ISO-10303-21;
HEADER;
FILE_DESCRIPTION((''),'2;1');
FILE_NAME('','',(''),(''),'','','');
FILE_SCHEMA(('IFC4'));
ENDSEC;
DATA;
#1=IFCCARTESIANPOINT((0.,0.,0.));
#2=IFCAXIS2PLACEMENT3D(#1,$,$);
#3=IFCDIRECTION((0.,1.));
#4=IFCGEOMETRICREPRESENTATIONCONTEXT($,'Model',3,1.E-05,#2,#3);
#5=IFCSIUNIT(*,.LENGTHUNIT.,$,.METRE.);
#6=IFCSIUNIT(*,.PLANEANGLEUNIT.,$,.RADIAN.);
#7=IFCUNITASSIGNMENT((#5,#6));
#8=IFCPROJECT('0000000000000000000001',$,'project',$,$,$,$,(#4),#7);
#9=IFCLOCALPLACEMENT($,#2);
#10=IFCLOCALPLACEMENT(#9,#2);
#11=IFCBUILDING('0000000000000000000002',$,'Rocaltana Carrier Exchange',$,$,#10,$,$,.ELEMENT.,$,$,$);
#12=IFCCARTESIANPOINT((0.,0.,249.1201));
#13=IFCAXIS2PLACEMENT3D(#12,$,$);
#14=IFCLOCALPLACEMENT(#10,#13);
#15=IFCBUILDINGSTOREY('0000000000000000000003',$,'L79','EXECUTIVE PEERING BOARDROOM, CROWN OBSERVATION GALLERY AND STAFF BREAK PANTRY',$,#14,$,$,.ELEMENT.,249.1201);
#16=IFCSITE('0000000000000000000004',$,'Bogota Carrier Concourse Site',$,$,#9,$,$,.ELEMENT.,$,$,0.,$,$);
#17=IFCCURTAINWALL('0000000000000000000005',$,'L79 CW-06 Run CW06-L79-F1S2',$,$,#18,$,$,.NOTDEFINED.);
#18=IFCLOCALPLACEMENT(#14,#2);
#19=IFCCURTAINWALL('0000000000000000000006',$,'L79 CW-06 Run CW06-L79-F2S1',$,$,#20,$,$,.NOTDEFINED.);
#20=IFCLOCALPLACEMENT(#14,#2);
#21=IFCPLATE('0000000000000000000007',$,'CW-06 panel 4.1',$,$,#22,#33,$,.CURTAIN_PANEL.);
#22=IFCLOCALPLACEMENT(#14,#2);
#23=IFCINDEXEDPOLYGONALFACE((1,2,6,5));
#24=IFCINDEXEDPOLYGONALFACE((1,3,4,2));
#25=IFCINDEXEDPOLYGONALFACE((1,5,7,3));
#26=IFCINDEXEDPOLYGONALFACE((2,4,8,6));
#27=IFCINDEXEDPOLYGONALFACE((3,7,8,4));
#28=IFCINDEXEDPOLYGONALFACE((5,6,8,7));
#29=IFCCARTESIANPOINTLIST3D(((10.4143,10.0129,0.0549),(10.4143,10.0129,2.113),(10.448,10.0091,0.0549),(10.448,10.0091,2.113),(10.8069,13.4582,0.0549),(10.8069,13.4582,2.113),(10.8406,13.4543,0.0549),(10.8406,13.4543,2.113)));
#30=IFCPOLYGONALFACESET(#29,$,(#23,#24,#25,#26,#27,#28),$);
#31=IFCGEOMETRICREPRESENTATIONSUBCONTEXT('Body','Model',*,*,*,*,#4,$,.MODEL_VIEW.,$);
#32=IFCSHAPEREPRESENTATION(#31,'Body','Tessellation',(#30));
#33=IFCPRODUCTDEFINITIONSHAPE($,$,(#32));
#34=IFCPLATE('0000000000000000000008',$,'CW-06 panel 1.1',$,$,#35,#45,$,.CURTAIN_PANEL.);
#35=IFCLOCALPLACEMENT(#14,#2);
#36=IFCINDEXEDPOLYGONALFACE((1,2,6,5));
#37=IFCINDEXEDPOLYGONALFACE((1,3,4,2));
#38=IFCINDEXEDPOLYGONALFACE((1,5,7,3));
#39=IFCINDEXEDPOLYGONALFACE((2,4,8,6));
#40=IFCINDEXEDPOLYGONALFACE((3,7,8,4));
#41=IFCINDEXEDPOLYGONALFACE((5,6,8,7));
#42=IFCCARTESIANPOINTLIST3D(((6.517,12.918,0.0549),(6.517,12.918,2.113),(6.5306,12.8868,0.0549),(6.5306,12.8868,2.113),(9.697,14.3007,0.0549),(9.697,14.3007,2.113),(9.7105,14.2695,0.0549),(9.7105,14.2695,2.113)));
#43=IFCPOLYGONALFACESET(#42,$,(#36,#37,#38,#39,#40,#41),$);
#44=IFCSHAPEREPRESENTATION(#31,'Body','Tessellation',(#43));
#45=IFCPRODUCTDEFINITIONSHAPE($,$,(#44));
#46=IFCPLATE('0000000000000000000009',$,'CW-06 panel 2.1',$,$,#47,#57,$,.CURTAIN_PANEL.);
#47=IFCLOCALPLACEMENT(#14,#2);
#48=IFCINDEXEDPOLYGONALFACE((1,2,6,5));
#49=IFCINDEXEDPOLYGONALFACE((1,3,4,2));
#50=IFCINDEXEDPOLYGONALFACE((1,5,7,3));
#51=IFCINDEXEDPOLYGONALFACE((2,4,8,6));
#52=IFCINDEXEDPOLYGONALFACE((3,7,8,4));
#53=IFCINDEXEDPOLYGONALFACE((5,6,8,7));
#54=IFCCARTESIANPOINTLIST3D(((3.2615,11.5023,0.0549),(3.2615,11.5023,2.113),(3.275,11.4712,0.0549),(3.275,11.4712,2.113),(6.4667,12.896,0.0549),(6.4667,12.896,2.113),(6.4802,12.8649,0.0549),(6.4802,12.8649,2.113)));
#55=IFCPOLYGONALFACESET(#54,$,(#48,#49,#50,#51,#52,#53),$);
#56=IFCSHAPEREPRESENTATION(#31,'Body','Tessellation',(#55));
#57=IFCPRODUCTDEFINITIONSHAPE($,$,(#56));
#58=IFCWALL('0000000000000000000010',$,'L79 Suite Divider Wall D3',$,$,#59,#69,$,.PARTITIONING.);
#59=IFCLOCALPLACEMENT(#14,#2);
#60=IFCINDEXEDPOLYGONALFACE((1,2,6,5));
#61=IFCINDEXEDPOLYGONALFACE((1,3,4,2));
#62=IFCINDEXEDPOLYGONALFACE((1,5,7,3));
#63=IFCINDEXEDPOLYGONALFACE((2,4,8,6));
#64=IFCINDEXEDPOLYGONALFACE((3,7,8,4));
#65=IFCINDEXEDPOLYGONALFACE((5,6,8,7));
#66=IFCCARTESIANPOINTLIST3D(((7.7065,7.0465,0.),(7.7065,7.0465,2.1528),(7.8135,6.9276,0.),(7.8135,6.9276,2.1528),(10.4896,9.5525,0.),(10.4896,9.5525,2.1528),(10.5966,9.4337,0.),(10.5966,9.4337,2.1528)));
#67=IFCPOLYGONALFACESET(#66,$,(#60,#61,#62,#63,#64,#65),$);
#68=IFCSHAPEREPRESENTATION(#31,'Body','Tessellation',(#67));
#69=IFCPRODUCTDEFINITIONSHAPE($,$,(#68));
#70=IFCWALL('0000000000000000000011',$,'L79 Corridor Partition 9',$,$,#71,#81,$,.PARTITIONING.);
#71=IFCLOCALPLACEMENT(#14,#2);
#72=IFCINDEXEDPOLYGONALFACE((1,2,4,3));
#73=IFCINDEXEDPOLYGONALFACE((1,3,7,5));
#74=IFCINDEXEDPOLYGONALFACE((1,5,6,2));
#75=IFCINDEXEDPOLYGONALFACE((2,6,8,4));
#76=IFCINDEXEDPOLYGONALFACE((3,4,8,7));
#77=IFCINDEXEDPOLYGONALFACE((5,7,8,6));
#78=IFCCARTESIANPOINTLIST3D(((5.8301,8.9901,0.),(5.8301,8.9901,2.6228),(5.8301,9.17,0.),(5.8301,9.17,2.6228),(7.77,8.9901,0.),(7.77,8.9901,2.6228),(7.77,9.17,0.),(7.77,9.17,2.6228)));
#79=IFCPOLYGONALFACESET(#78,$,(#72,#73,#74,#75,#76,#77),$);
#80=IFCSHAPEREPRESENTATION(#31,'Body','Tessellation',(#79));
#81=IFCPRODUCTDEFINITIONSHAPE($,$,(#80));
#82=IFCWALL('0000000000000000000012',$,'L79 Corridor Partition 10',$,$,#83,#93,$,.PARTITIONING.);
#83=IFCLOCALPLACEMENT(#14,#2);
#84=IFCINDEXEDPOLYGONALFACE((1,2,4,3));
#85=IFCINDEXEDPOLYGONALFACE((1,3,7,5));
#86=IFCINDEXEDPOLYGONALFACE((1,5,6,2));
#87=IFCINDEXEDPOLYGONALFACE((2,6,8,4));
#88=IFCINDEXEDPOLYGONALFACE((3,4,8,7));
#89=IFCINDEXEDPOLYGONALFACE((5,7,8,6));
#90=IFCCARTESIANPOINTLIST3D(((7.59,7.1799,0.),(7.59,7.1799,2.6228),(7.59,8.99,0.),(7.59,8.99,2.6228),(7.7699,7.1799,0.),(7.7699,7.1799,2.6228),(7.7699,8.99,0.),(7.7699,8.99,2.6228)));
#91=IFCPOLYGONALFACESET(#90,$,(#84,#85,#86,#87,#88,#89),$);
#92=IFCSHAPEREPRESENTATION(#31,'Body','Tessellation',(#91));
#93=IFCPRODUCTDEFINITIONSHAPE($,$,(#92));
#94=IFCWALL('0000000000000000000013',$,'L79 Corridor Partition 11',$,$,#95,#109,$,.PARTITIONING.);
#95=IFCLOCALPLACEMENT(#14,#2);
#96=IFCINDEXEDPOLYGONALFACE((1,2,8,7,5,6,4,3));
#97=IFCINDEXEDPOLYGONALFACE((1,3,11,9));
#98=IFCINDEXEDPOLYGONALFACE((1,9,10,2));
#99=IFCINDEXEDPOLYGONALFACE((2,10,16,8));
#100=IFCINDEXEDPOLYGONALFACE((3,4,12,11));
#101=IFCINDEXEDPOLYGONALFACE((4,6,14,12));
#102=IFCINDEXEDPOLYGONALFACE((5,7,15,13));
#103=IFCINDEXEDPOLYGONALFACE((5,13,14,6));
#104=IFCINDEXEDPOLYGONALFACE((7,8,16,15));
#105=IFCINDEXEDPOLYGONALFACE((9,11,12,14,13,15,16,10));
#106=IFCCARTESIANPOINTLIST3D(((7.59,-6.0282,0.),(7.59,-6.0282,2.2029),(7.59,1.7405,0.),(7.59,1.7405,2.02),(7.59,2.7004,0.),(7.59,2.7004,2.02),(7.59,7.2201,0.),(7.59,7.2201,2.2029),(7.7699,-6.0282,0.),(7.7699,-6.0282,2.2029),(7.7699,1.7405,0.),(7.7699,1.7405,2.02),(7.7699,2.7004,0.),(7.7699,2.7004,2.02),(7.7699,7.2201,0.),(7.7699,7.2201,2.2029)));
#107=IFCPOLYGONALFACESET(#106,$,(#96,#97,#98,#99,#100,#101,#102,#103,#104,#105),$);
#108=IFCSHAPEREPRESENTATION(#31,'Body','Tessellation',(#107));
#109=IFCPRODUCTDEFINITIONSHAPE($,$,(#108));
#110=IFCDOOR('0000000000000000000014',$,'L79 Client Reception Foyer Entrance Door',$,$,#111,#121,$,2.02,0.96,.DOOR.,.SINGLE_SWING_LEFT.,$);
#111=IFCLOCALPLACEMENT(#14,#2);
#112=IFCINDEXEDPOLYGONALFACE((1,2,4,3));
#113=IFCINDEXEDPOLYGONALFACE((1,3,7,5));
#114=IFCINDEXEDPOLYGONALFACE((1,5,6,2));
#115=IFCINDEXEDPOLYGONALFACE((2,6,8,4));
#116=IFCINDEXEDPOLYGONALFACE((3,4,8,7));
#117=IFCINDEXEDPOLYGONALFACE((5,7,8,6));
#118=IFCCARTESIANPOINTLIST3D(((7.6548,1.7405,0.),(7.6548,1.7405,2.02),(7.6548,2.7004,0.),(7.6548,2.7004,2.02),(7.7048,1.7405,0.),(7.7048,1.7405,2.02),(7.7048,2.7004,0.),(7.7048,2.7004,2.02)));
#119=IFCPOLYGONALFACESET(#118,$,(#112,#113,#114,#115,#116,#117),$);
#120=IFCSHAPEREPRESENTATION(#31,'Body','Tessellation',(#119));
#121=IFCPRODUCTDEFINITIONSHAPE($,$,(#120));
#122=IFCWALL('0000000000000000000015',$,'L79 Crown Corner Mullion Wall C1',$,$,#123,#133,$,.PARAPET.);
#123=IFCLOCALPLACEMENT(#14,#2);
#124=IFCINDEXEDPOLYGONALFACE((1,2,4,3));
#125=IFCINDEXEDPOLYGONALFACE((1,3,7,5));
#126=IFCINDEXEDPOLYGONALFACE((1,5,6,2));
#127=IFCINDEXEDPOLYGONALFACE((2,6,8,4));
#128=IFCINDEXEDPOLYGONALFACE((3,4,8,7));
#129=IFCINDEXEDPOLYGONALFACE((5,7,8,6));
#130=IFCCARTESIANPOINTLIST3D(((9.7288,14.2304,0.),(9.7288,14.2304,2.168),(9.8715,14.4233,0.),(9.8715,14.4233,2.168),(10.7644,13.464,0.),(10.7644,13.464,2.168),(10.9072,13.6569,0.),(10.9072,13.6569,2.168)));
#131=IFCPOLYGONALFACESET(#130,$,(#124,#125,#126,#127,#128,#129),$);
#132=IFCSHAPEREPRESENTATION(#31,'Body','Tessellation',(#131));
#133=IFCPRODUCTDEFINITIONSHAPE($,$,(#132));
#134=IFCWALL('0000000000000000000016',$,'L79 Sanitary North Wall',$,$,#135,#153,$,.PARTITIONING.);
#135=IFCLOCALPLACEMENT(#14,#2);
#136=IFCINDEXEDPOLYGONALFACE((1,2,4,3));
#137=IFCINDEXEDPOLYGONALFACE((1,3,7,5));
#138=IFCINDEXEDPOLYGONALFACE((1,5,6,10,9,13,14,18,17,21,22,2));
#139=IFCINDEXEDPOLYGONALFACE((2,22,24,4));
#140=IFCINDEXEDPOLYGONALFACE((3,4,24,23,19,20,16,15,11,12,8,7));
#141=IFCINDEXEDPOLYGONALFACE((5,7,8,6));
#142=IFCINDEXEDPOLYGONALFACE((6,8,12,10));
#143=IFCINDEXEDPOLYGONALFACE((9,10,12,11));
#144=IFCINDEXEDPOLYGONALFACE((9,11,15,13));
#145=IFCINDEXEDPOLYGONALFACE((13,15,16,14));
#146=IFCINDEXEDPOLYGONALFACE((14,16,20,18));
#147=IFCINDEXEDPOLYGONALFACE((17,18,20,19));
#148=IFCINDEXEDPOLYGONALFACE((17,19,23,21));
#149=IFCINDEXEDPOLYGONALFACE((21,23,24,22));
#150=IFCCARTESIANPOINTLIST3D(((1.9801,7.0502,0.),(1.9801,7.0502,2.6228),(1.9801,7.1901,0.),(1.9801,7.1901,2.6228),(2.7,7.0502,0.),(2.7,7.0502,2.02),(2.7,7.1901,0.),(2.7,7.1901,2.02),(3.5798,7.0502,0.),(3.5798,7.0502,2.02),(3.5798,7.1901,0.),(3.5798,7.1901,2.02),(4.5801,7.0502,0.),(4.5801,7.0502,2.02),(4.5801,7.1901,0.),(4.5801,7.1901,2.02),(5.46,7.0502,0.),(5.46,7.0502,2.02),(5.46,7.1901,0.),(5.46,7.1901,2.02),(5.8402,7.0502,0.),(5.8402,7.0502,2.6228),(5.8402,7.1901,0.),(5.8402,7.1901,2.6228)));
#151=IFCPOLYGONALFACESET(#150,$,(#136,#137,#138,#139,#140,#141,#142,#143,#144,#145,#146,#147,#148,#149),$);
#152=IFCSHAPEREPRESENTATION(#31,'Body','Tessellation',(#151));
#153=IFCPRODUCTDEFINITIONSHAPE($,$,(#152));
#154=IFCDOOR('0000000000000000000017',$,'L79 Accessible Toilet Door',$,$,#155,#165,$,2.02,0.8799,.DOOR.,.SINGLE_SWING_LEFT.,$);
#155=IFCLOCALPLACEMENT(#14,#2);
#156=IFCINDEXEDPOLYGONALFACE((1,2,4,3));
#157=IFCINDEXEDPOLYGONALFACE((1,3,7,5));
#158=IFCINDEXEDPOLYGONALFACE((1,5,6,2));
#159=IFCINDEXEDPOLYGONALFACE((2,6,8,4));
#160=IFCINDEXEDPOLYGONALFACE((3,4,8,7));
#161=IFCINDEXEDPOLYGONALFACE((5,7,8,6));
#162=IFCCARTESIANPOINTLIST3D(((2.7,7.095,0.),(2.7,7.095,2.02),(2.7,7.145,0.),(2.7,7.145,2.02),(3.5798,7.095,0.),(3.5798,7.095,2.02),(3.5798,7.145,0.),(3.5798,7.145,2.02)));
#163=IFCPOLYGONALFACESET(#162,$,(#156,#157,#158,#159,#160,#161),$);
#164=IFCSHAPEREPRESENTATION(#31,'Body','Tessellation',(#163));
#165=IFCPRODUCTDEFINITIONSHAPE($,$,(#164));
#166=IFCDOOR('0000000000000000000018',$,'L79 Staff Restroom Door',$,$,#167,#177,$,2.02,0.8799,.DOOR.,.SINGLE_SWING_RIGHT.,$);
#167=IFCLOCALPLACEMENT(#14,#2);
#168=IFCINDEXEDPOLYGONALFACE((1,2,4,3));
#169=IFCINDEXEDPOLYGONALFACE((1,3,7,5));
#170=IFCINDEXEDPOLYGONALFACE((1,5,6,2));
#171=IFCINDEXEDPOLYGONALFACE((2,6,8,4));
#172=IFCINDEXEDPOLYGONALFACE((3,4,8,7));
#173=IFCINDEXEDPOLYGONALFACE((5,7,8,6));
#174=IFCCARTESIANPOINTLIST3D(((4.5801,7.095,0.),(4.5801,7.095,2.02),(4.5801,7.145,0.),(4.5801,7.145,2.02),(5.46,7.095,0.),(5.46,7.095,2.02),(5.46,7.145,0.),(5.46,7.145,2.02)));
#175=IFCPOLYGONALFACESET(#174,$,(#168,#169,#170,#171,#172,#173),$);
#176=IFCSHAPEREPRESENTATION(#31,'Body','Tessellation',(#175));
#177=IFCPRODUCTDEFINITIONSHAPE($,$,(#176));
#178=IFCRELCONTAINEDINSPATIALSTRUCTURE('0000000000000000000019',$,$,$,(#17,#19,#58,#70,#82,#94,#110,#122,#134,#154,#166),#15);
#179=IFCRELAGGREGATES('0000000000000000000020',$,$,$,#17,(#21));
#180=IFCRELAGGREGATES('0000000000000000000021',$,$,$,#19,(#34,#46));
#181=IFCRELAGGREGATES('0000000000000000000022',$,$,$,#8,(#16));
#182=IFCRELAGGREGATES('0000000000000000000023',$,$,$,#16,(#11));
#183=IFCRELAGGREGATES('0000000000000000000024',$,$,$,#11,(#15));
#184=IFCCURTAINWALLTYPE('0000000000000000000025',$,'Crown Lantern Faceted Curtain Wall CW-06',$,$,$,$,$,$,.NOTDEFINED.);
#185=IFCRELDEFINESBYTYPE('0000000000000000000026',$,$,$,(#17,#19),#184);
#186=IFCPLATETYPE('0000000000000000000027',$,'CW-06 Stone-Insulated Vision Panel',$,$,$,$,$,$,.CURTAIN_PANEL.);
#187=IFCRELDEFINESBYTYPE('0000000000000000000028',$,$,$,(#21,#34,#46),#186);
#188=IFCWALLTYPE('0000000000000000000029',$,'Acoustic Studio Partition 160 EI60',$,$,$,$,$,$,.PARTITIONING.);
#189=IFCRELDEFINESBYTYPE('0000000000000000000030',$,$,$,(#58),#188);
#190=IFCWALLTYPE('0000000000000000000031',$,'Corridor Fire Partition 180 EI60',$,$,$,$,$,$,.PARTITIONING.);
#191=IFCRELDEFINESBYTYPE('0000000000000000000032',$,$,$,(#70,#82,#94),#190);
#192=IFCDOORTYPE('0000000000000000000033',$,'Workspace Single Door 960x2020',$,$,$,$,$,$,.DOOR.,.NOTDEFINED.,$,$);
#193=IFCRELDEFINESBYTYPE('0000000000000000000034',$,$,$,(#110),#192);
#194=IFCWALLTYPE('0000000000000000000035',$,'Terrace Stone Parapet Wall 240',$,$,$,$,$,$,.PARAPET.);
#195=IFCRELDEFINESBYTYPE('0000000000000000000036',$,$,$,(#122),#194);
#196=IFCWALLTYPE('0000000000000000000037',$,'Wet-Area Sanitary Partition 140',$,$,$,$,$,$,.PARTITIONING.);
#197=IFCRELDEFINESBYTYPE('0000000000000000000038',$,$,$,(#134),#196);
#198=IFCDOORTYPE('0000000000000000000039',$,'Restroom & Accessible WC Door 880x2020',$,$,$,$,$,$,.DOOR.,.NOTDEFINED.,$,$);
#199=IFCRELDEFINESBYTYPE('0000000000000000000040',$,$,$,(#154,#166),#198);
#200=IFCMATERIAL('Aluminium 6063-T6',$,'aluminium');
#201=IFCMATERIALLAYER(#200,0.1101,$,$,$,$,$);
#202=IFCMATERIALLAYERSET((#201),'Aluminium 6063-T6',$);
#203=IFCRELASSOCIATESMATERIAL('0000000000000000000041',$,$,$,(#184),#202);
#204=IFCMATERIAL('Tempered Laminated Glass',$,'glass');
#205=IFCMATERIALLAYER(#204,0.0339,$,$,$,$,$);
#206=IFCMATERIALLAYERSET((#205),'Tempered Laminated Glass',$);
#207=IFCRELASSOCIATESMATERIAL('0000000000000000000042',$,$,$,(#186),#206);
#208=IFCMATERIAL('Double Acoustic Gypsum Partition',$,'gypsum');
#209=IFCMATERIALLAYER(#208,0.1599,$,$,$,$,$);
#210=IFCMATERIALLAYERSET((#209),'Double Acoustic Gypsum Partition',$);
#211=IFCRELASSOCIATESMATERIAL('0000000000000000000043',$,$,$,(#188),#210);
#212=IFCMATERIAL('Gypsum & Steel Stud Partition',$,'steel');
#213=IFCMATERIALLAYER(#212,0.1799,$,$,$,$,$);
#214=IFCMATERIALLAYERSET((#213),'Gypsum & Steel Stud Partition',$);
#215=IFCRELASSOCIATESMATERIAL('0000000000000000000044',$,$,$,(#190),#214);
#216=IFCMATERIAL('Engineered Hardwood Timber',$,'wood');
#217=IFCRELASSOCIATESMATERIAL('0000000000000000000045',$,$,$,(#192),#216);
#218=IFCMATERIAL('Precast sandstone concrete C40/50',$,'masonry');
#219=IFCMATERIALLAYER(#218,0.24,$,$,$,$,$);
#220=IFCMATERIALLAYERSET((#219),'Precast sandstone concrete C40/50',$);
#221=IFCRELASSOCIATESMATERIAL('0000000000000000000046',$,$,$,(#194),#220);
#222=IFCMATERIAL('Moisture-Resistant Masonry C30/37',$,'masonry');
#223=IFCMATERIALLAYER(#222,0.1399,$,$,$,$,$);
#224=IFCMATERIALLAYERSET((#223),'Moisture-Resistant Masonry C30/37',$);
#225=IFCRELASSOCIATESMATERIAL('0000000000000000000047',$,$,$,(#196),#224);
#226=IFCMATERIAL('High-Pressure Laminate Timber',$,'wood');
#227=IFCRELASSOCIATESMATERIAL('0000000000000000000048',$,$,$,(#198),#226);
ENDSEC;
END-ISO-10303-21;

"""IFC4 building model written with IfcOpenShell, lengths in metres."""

from ifc_helpers import new_model, si_unit, direction, frame, frame_2d, origin, origin_2d, place, context, subcontext, project, spatial, rectangle, extrude, material, layer, layer_set, type_object, element, fill, aggregate, save


model = new_model("IFC4")

# Units and contexts
model_context = context("Model", 3, precision=1e-05, world=origin(), true_north=direction((0.0, 1.0)))
body_context = subcontext(model_context, "Body", "Model", "MODEL_VIEW")
ifc_project = project(units=[si_unit("LENGTHUNIT", "METRE"), si_unit("PLANEANGLEUNIT", "RADIAN")], contexts=[model_context])

# Site, building, storey
site_placement = place(None, origin())
site = spatial("IfcSite", under=ifc_project, at=site_placement, Name="Bogota Carrier Concourse Site", CompositionType="ELEMENT", RefElevation=0.0)
building_placement = place(site_placement, origin())
building = spatial("IfcBuilding", under=site, at=building_placement, Name="Rocaltana Carrier Exchange", CompositionType="ELEMENT")
storey_placement = place(building_placement, frame((0.0, 0.0, 249.1201)))
storey = spatial("IfcBuildingStorey", under=building, at=storey_placement, Name="L79", Description="EXECUTIVE PEERING BOARDROOM, CROWN OBSERVATION GALLERY AND STAFF BREAK PANTRY", CompositionType="ELEMENT", Elevation=249.1201)

# Curtain walls
ifc_material_1 = material(Name="Aluminium 6063-T6", Category="aluminium")
ifc_layer_1 = layer(ifc_material_1, 0.1101)
ifc_layer_set_1 = layer_set([ifc_layer_1], Name="Aluminium 6063-T6")
curtain_wall_type = type_object("IfcCurtainWallType", Name="Crown Lantern Faceted Curtain Wall CW-06", PredefinedType="NOTDEFINED", material=ifc_layer_set_1)
curtain_wall_1_placement = place(storey_placement, origin())
curtain_wall_1 = element("IfcCurtainWall", 1, at=curtain_wall_1_placement, inside=storey, type_object=curtain_wall_type, Name="L79 CW-06 Run CW06-L79-F1S2", PredefinedType="NOTDEFINED")
curtain_wall_2_placement = place(storey_placement, origin())
curtain_wall_2 = element("IfcCurtainWall", 2, at=curtain_wall_2_placement, inside=storey, type_object=curtain_wall_type, Name="L79 CW-06 Run CW06-L79-F2S1", PredefinedType="NOTDEFINED")

# Plates
ifc_material_2 = material(Name="Tempered Laminated Glass", Category="glass")
ifc_layer_2 = layer(ifc_material_2, 0.0339)
ifc_layer_set_2 = layer_set([ifc_layer_2], Name="Tempered Laminated Glass")
plate_type = type_object("IfcPlateType", Name="CW-06 Stone-Insulated Vision Panel", PredefinedType="CURTAIN_PANEL", material=ifc_layer_set_2)
plate_1_placement = place(storey_placement, frame((10.6274, 11.7336, 0.0549), z_axis=(0.0, 0.0, 1.0), x_axis=(0.113204, 0.993572, 0.0)))
plate_1 = element("IfcPlate", 3, at=plate_1_placement, type_object=plate_type, Name="CW-06 panel 4.1", PredefinedType="CURTAIN_PANEL", context=body_context, shape_type="SweptSolid", body=[
    extrude(rectangle(XDim=3.4675, YDim=0.0339, at=origin_2d()), origin(), (0.0, 0.0, 1.0), 2.0581),
])
aggregate(curtain_wall_1, [plate_1])
plate_2_placement = place(storey_placement, frame((8.1138, 13.5938, 0.0549), z_axis=(0.0, 0.0, 1.0), x_axis=(-0.917059, -0.398752, 0.0)))
plate_2 = element("IfcPlate", 4, at=plate_2_placement, type_object=plate_type, Name="CW-06 panel 1.1", PredefinedType="CURTAIN_PANEL", context=body_context, shape_type="SweptSolid", body=[
    extrude(rectangle(XDim=3.4675, YDim=0.0339, at=origin_2d()), origin(), (0.0, 0.0, 1.0), 2.0581),
])
plate_3_placement = place(storey_placement, frame((4.8708, 12.1836, 0.0549), z_axis=(0.0, 0.0, 1.0), x_axis=(-0.917059, -0.398752, 0.0)))
plate_3 = element("IfcPlate", 5, at=plate_3_placement, type_object=plate_type, Name="CW-06 panel 2.1", PredefinedType="CURTAIN_PANEL", context=body_context, shape_type="SweptSolid", body=[
    extrude(rectangle(XDim=3.4951, YDim=0.0339, at=origin_2d()), origin(), (0.0, 0.0, 1.0), 2.0581),
])
aggregate(curtain_wall_2, [plate_2, plate_3])

# Walls
ifc_material_3 = material(Name="Double Acoustic Gypsum Partition", Category="gypsum")
ifc_layer_3 = layer(ifc_material_3, 0.1599)
ifc_layer_set_3 = layer_set([ifc_layer_3], Name="Double Acoustic Gypsum Partition")
wall_type_1 = type_object("IfcWallType", Name="Acoustic Studio Partition 160 EI60", PredefinedType="PARTITIONING", material=ifc_layer_set_3)
wall_1_placement = place(storey_placement, frame((7.76, 6.9871, 0.0), z_axis=(0.0, 0.0, 1.0), x_axis=(0.743132, 0.669145, 0.0)))
element("IfcWall", 6, at=wall_1_placement, inside=storey, type_object=wall_type_1, Name="L79 Suite Divider Wall D3", PredefinedType="PARTITIONING", context=body_context, shape_type="SweptSolid", body=[
    extrude(rectangle(XDim=3.7451, YDim=0.1599, at=frame_2d((1.8726, 0.0))), origin(), (0.0, 0.0, 1.0), 2.1528),
])
ifc_material_4 = material(Name="Gypsum & Steel Stud Partition", Category="steel")
ifc_layer_4 = layer(ifc_material_4, 0.1799)
ifc_layer_set_4 = layer_set([ifc_layer_4], Name="Gypsum & Steel Stud Partition")
wall_type_2 = type_object("IfcWallType", Name="Corridor Fire Partition 180 EI60", PredefinedType="PARTITIONING", material=ifc_layer_set_4)
wall_2_placement = place(storey_placement, frame((5.8301, 9.0801, 0.0), z_axis=(0.0, 0.0, 1.0), x_axis=(1.0, 0.0, 0.0)))
element("IfcWall", 7, at=wall_2_placement, inside=storey, type_object=wall_type_2, Name="L79 Corridor Partition 9", PredefinedType="PARTITIONING", context=body_context, shape_type="SweptSolid", body=[
    extrude(rectangle(XDim=1.9399, YDim=0.1799, at=frame_2d((0.97, 0.0))), origin(), (0.0, 0.0, 1.0), 2.6228),
])
wall_3_placement = place(storey_placement, frame((7.6799, 8.99, 0.0), z_axis=(0.0, 0.0, 1.0), x_axis=(0.0, -1.0, 0.0)))
element("IfcWall", 8, at=wall_3_placement, inside=storey, type_object=wall_type_2, Name="L79 Corridor Partition 10", PredefinedType="PARTITIONING", context=body_context, shape_type="SweptSolid", body=[
    extrude(rectangle(XDim=1.8101, YDim=0.1799, at=frame_2d((0.905, 0.0))), origin(), (0.0, 0.0, 1.0), 2.6228),
])

# Wall, opening, door
wall_4_placement = place(storey_placement, frame((7.6799, 7.22, 0.0), z_axis=(0.0, 0.0, 1.0), x_axis=(0.0, -1.0, 0.0)))
wall_4 = element("IfcWall", 9, at=wall_4_placement, inside=storey, type_object=wall_type_2, Name="L79 Corridor Partition 11", PredefinedType="PARTITIONING", context=body_context, shape_type="SweptSolid", body=[
    extrude(rectangle(XDim=13.2483, YDim=0.1799, at=frame_2d((6.624, 0.0))), origin(), (0.0, 0.0, 1.0), 2.2029),
])
opening_1_placement = place(wall_4_placement, frame((4.5195, 0.0, 0.0)))
opening_1 = element("IfcOpeningElement", 10, at=opening_1_placement, cuts=wall_4, PredefinedType="OPENING", context=body_context, shape_type="SweptSolid", body=[
    extrude(rectangle(XDim=0.96, YDim=2.02, at=frame_2d((0.48, 1.01))), frame((0.0, 0.0999, 0.0), z_axis=(0.0, -1.0, 0.0), x_axis=(1.0, 0.0, 0.0)), (0.0, 0.0, 1.0), 0.2),
])
ifc_material_5 = material(Name="Engineered Hardwood Timber", Category="wood")
door_type_1 = type_object("IfcDoorType", Name="Workspace Single Door 960x2020", OperationType="NOTDEFINED", PredefinedType="DOOR", material=ifc_material_5)
door_1_placement = place(opening_1_placement, origin())
door_1 = element("IfcDoor", 11, at=door_1_placement, inside=storey, type_object=door_type_1, Name="L79 Client Reception Foyer Entrance Door", OperationType="SINGLE_SWING_LEFT", OverallHeight=2.02, OverallWidth=0.96, PredefinedType="DOOR", context=body_context, shape_type="SweptSolid", body=[
    extrude(rectangle(XDim=0.96, YDim=2.02, at=frame_2d((0.48, 1.01))), frame((0.0, 0.0249, 0.0), z_axis=(0.0, -1.0, 0.0), x_axis=(1.0, 0.0, 0.0)), (0.0, 0.0, 1.0), 0.05),
])
fill(opening_1, door_1)

# Wall
ifc_material_6 = material(Name="Precast sandstone concrete C40/50", Category="masonry")
ifc_layer_5 = layer(ifc_material_6, 0.24)
ifc_layer_set_5 = layer_set([ifc_layer_5], Name="Precast sandstone concrete C40/50")
wall_type_3 = type_object("IfcWallType", Name="Terrace Stone Parapet Wall 240", PredefinedType="PARAPET", material=ifc_layer_set_5)
wall_5_placement = place(storey_placement, frame((10.8357, 13.5605, 0.0), z_axis=(0.0, 0.0, 1.0), x_axis=(-0.803849, 0.594833, 0.0)))
element("IfcWall", 12, at=wall_5_placement, inside=storey, type_object=wall_type_3, Name="L79 Crown Corner Mullion Wall C1", PredefinedType="PARAPET", context=body_context, shape_type="SweptSolid", body=[
    extrude(rectangle(XDim=1.2883, YDim=0.24, at=frame_2d((0.644, 0.0))), origin(), (0.0, 0.0, 1.0), 2.168),
])

# Wall, openings, doors
ifc_material_7 = material(Name="Moisture-Resistant Masonry C30/37", Category="masonry")
ifc_layer_6 = layer(ifc_material_7, 0.1399)
ifc_layer_set_6 = layer_set([ifc_layer_6], Name="Moisture-Resistant Masonry C30/37")
wall_type_4 = type_object("IfcWallType", Name="Wet-Area Sanitary Partition 140", PredefinedType="PARTITIONING", material=ifc_layer_set_6)
wall_6_placement = place(storey_placement, frame((1.98, 7.1201, 0.0), z_axis=(0.0, 0.0, 1.0), x_axis=(1.0, 0.0, 0.0)))
wall_6 = element("IfcWall", 13, at=wall_6_placement, inside=storey, type_object=wall_type_4, Name="L79 Sanitary North Wall", PredefinedType="PARTITIONING", context=body_context, shape_type="SweptSolid", body=[
    extrude(rectangle(XDim=3.8601, YDim=0.1399, at=frame_2d((1.9302, 0.0))), origin(), (0.0, 0.0, 1.0), 2.6228),
])
opening_2_placement = place(wall_6_placement, frame((0.72, 0.0, 0.0)))
opening_2 = element("IfcOpeningElement", 14, at=opening_2_placement, cuts=wall_6, PredefinedType="OPENING", context=body_context, shape_type="SweptSolid", body=[
    extrude(rectangle(XDim=0.8799, YDim=2.02, at=frame_2d((0.4399, 1.01))), frame((0.0, 0.0798, 0.0), z_axis=(0.0, -1.0, 0.0), x_axis=(1.0, 0.0, 0.0)), (0.0, 0.0, 1.0), 0.1599),
])
opening_3_placement = place(wall_6_placement, frame((2.6001, 0.0, 0.0)))
opening_3 = element("IfcOpeningElement", 15, at=opening_3_placement, cuts=wall_6, PredefinedType="OPENING", context=body_context, shape_type="SweptSolid", body=[
    extrude(rectangle(XDim=0.8799, YDim=2.02, at=frame_2d((0.4399, 1.01))), frame((0.0, 0.0798, 0.0), z_axis=(0.0, -1.0, 0.0), x_axis=(1.0, 0.0, 0.0)), (0.0, 0.0, 1.0), 0.1599),
])
ifc_material_8 = material(Name="High-Pressure Laminate Timber", Category="wood")
door_type_2 = type_object("IfcDoorType", Name="Restroom & Accessible WC Door 880x2020", OperationType="NOTDEFINED", PredefinedType="DOOR", material=ifc_material_8)
door_2_placement = place(opening_2_placement, origin())
door_2 = element("IfcDoor", 16, at=door_2_placement, inside=storey, type_object=door_type_2, Name="L79 Accessible Toilet Door", OperationType="SINGLE_SWING_LEFT", OverallHeight=2.02, OverallWidth=0.8799, PredefinedType="DOOR", context=body_context, shape_type="SweptSolid", body=[
    extrude(rectangle(XDim=0.8799, YDim=2.02, at=frame_2d((0.4399, 1.01))), frame((0.0, 0.0249, 0.0), z_axis=(0.0, -1.0, 0.0), x_axis=(1.0, 0.0, 0.0)), (0.0, 0.0, 1.0), 0.05),
])
fill(opening_2, door_2)
door_3_placement = place(opening_3_placement, origin())
door_3 = element("IfcDoor", 17, at=door_3_placement, inside=storey, type_object=door_type_2, Name="L79 Staff Restroom Door", OperationType="SINGLE_SWING_RIGHT", OverallHeight=2.02, OverallWidth=0.8799, PredefinedType="DOOR", context=body_context, shape_type="SweptSolid", body=[
    extrude(rectangle(XDim=0.8799, YDim=2.02, at=frame_2d((0.4399, 1.01))), frame((0.0, 0.0249, 0.0), z_axis=(0.0, -1.0, 0.0), x_axis=(1.0, 0.0, 0.0)), (0.0, 0.0, 1.0), 0.05),
])
fill(opening_3, door_3)

save(model, "model.ifc")
